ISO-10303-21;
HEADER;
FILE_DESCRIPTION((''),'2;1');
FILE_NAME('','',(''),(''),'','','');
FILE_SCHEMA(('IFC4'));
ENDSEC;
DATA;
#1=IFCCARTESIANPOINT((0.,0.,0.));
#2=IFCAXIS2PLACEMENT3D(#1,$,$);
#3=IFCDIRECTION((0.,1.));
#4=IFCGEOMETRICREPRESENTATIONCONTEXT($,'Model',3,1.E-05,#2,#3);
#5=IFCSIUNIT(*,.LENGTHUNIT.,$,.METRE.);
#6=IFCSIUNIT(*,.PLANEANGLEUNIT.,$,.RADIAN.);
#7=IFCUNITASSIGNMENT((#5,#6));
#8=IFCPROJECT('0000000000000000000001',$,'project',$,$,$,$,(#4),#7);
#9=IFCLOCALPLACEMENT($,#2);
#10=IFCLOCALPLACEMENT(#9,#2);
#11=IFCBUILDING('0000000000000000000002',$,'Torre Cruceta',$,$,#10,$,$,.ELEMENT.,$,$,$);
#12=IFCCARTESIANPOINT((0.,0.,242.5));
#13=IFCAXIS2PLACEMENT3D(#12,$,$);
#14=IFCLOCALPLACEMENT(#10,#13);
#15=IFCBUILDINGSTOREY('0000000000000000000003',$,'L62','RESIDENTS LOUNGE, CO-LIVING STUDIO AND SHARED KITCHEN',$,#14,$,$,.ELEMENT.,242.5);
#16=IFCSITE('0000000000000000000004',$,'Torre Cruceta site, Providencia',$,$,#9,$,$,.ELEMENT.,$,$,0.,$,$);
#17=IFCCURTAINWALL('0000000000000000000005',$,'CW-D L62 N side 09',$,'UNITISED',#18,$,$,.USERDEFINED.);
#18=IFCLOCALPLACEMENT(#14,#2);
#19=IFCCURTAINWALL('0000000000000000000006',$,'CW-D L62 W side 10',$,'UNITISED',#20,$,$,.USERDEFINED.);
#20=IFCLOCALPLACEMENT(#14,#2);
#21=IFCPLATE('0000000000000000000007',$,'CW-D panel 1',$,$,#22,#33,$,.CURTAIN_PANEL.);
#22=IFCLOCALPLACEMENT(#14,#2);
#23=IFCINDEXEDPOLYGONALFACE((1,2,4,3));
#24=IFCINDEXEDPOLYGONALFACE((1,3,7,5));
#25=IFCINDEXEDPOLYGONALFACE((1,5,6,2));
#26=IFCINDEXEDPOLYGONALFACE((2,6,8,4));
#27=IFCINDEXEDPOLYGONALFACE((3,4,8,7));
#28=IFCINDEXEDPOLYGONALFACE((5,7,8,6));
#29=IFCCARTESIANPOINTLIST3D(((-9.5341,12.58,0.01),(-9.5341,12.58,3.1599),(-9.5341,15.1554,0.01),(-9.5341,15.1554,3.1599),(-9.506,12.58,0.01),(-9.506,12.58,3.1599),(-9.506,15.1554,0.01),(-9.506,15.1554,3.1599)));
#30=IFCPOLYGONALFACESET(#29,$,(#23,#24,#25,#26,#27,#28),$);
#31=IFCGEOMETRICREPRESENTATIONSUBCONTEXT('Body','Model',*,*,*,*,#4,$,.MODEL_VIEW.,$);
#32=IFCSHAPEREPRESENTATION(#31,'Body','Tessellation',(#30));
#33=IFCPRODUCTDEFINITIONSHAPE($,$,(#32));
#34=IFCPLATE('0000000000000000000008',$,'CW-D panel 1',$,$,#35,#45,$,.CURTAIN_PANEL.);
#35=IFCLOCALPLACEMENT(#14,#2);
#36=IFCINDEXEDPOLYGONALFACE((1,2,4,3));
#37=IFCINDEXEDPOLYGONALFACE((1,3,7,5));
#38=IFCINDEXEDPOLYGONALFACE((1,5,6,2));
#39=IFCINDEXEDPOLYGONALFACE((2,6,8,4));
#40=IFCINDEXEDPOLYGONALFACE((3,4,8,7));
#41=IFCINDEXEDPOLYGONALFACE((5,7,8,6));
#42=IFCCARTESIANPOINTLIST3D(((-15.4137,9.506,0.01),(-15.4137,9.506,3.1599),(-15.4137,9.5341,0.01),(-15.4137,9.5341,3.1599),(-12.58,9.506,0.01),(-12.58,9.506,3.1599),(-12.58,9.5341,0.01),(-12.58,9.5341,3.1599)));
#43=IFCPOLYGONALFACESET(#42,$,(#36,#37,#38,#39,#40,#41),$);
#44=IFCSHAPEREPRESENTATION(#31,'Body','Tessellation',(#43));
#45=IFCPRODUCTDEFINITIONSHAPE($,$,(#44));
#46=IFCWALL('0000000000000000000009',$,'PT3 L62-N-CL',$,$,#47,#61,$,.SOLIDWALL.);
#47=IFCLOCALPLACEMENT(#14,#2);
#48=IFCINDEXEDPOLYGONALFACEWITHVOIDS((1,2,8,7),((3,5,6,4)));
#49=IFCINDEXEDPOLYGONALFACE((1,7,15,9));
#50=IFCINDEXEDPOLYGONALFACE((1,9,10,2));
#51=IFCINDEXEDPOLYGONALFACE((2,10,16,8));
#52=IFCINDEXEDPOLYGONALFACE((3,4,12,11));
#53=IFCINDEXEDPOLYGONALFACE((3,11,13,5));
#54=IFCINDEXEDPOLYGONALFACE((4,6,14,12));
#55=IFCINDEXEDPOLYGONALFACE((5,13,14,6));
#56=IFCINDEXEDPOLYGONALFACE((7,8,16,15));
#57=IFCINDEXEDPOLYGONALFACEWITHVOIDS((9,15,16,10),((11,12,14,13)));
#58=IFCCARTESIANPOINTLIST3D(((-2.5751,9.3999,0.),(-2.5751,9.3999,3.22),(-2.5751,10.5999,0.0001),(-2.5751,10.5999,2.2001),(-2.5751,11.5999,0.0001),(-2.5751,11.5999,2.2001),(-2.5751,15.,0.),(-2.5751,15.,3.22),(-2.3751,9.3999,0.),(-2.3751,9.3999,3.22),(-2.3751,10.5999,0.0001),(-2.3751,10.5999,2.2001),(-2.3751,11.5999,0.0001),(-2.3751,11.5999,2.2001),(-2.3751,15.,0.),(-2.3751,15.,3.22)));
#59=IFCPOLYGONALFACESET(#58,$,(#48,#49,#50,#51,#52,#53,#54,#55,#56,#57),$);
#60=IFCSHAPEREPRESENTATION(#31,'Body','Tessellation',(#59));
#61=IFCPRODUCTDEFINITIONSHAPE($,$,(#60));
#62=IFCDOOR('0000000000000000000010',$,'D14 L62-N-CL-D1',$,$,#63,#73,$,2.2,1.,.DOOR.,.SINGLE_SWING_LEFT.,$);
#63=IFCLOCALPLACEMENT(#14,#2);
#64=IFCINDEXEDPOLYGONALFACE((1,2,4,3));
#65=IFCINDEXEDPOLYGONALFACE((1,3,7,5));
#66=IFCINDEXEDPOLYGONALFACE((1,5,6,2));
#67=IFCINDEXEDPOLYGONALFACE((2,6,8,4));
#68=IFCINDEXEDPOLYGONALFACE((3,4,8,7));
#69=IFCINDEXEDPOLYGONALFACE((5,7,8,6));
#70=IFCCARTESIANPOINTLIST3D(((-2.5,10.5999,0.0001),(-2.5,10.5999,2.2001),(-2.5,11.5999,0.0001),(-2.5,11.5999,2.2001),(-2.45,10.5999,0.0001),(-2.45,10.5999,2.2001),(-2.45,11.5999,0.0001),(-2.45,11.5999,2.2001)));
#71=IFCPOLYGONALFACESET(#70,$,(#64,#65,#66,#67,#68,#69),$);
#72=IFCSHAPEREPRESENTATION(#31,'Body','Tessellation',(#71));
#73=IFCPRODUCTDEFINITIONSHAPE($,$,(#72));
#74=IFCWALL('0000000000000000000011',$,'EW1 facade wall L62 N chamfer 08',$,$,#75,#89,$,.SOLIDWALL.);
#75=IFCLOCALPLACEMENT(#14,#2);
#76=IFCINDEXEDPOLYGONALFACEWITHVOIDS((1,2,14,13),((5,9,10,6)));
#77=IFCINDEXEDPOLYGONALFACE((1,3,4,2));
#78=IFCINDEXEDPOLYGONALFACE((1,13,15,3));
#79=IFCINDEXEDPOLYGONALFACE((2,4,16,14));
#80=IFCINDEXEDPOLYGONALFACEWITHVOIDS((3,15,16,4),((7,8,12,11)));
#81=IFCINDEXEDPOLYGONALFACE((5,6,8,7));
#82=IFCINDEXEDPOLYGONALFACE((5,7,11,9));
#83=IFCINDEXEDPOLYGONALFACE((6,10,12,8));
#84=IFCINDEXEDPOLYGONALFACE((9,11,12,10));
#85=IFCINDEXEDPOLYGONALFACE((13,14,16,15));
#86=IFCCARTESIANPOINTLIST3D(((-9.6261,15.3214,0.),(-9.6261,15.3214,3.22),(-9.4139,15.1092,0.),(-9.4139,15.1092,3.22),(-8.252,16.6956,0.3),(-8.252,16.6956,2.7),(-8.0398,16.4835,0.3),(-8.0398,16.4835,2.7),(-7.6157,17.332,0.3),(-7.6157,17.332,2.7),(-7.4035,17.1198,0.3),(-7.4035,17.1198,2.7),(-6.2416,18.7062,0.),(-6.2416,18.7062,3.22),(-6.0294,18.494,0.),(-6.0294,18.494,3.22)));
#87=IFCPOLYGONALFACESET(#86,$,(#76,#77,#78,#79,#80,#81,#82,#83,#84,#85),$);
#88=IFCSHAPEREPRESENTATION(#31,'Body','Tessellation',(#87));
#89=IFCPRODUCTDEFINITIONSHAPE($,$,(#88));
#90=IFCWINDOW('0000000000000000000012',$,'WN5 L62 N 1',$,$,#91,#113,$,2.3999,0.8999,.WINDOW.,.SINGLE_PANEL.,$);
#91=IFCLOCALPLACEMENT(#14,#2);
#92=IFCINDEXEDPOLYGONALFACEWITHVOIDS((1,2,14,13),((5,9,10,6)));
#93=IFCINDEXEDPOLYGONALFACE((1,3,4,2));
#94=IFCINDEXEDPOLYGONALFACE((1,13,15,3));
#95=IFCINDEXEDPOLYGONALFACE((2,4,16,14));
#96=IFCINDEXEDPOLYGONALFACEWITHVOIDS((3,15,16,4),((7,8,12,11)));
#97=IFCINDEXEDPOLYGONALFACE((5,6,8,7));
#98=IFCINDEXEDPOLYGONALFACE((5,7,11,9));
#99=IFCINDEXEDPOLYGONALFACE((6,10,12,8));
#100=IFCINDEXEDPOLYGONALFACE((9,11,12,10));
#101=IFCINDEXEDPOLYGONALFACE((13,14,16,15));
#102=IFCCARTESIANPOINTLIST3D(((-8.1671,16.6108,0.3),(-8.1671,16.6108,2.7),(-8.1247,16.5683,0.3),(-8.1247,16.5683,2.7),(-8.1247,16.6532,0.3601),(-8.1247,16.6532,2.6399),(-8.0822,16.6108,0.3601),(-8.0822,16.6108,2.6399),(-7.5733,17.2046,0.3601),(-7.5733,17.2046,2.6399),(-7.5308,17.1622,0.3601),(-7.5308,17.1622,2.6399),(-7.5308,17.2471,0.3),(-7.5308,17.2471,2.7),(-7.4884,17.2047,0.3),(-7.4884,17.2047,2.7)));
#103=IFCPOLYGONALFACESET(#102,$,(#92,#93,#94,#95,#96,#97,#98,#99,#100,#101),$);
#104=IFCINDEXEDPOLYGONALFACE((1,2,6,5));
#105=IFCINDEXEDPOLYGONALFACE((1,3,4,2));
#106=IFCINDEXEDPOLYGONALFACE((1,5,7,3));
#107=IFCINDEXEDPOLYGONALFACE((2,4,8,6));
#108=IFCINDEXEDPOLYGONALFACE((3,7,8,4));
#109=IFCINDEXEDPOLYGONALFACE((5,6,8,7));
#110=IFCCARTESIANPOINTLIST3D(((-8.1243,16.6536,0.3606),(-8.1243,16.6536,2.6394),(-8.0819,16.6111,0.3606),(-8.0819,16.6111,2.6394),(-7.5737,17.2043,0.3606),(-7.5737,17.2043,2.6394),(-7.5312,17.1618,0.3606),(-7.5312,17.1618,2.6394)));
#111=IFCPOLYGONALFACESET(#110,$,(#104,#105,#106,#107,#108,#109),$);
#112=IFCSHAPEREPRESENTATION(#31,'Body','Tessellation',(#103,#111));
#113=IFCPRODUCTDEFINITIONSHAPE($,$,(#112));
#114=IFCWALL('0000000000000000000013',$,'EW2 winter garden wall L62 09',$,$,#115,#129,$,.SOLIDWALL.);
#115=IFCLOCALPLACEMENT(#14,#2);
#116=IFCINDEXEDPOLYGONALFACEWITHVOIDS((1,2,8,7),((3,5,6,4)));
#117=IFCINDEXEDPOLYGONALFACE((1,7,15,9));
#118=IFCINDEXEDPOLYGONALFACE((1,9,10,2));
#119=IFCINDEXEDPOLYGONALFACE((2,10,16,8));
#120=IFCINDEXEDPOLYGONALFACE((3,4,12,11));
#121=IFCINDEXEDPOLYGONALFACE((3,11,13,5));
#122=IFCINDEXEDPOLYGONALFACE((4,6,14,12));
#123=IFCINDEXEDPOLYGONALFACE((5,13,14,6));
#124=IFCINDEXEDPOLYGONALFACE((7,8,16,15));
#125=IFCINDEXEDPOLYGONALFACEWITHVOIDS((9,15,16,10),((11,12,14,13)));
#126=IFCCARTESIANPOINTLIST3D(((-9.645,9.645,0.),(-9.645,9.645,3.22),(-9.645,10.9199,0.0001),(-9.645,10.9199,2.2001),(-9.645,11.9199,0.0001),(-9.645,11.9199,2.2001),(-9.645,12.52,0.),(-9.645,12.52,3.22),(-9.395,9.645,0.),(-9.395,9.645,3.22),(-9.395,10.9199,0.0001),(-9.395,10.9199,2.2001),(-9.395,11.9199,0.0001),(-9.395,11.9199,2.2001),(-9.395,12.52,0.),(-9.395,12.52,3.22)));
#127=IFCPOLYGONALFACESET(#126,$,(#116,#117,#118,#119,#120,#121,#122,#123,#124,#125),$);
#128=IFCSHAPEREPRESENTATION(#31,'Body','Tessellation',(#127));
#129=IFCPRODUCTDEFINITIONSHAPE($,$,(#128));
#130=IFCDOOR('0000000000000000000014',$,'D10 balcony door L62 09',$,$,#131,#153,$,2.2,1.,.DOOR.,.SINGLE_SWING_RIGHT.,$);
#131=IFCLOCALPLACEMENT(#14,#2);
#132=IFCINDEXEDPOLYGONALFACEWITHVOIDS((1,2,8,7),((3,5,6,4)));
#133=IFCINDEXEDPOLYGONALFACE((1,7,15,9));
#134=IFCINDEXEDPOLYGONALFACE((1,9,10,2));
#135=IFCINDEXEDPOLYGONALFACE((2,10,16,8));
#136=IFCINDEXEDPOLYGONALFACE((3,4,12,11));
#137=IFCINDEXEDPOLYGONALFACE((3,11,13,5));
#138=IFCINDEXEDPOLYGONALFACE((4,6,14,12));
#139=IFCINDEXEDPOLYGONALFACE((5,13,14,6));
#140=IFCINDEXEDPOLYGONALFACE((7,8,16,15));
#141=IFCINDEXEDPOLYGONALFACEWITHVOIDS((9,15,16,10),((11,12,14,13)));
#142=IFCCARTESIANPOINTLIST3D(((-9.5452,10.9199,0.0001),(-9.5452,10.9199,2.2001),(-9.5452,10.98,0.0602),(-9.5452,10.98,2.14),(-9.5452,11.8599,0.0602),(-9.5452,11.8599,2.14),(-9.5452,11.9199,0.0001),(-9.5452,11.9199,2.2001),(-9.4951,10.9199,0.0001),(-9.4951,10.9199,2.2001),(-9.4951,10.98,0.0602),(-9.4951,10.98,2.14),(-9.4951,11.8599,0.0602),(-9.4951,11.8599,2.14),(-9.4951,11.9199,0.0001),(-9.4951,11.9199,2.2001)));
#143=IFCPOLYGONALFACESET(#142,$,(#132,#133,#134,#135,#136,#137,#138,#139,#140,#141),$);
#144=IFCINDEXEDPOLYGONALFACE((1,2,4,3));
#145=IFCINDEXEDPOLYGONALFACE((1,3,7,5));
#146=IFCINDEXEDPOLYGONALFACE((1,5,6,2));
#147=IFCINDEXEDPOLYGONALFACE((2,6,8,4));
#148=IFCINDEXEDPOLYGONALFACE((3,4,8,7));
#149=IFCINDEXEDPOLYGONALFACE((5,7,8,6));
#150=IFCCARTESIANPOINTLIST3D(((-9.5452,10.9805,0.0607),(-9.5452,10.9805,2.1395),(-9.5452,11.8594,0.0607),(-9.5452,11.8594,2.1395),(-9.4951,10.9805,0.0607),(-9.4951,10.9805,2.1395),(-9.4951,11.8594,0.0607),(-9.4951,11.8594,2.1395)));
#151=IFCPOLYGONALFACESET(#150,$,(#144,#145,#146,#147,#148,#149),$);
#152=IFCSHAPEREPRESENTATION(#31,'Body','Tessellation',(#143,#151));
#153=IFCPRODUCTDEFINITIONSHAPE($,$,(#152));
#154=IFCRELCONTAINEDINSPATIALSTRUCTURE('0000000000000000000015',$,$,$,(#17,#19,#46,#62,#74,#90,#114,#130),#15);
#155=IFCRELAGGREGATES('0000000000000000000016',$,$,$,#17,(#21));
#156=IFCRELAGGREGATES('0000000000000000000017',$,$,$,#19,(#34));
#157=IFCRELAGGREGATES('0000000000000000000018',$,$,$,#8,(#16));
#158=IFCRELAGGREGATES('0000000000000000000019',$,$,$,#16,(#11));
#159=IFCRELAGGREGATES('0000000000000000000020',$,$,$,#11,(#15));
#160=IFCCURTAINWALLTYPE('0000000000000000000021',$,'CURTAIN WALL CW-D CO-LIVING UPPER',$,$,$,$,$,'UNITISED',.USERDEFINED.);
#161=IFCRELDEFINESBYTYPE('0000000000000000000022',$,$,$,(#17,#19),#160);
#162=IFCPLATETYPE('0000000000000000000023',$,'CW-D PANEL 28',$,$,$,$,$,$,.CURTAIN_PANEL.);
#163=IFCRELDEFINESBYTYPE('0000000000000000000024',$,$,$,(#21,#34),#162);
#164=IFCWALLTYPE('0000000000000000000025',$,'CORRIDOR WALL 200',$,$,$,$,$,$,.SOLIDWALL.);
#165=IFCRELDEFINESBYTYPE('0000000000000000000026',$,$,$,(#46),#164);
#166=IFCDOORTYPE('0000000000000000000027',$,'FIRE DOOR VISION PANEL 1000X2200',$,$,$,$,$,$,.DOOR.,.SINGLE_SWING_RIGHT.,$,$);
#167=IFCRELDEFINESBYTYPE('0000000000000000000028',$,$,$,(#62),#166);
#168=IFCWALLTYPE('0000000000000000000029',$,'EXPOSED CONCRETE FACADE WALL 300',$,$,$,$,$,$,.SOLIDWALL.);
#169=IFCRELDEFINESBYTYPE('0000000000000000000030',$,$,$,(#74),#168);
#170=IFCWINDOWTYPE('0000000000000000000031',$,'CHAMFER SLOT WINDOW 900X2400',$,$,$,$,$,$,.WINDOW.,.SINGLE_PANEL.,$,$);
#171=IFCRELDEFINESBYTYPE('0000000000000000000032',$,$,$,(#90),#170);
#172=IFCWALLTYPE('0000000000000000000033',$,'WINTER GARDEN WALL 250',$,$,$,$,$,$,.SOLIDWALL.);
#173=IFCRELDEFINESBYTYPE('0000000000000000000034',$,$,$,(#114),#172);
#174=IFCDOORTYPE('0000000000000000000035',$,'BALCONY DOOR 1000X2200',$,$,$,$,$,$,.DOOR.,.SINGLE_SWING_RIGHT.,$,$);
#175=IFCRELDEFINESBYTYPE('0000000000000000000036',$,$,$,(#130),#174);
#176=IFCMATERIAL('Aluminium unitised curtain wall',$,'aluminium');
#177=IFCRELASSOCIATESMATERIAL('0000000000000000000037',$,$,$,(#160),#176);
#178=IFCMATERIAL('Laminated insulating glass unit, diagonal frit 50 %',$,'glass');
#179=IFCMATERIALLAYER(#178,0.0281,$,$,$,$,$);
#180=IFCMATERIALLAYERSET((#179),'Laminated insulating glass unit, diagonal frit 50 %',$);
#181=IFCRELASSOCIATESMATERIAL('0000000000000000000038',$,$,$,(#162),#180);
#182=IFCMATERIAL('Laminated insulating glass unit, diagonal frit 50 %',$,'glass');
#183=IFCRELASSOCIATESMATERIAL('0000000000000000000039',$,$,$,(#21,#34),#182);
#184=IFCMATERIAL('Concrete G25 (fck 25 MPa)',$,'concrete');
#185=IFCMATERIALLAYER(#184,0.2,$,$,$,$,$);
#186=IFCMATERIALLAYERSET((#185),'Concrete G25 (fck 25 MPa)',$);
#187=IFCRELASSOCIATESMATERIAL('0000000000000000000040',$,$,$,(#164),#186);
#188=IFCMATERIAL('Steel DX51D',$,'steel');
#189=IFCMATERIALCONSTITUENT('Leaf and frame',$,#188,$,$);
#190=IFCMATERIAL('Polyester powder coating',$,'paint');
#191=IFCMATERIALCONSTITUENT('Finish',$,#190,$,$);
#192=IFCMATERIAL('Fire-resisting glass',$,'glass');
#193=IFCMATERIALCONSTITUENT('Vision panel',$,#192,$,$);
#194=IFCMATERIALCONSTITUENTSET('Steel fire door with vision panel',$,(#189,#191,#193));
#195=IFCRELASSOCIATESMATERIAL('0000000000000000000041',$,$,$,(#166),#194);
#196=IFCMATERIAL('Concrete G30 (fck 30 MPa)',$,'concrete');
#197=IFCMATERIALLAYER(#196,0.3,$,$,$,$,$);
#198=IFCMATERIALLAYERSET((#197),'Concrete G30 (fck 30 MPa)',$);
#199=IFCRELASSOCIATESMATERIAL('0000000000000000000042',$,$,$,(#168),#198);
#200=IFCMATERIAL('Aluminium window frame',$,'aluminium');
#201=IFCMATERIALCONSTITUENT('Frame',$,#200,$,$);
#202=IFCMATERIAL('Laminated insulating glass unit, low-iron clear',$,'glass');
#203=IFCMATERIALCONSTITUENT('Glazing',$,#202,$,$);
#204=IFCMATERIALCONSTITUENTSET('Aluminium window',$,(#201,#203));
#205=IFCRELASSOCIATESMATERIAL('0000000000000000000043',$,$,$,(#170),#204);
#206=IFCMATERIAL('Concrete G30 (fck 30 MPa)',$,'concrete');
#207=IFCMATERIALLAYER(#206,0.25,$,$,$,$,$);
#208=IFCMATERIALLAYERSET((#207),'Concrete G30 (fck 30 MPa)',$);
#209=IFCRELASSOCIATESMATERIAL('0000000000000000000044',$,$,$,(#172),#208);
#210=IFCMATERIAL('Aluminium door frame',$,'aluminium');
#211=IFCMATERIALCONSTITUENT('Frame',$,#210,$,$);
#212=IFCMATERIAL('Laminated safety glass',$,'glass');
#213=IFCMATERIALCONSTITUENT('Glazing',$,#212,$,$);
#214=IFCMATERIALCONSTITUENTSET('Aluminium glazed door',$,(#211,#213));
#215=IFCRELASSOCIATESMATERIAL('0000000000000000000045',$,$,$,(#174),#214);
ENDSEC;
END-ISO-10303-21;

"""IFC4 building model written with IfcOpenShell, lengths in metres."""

from ifc_helpers import new_model, si_unit, direction, frame, frame_2d, origin, origin_2d, place, context, subcontext, project, spatial, rectangle, hollow_rectangle, extrude, material, layer, layer_set, constituent, constituent_set, type_object, element, fill, aggregate, save


model = new_model("IFC4")

# Units and contexts
model_context = context("Model", 3, precision=1e-05, world=origin(), true_north=direction((0.0, 1.0)))
body_context = subcontext(model_context, "Body", "Model", "MODEL_VIEW")
ifc_project = project(units=[si_unit("LENGTHUNIT", "METRE"), si_unit("PLANEANGLEUNIT", "RADIAN")], contexts=[model_context])

# Site, building, storey
site_placement = place(None, origin())
site = spatial("IfcSite", under=ifc_project, at=site_placement, Name="Torre Cruceta site, Providencia", CompositionType="ELEMENT", RefElevation=0.0)
building_placement = place(site_placement, origin())
building = spatial("IfcBuilding", under=site, at=building_placement, Name="Torre Cruceta", CompositionType="ELEMENT")
storey_placement = place(building_placement, frame((0.0, 0.0, 242.5)))
storey = spatial("IfcBuildingStorey", under=building, at=storey_placement, Name="L62", Description="RESIDENTS LOUNGE, CO-LIVING STUDIO AND SHARED KITCHEN", CompositionType="ELEMENT", Elevation=242.5)

# Curtain wall
ifc_material_1 = material(Name="Aluminium unitised curtain wall", Category="aluminium")
curtain_wall_type = type_object("IfcCurtainWallType", Name="CURTAIN WALL CW-D CO-LIVING UPPER", ElementType="UNITISED", PredefinedType="USERDEFINED", material=ifc_material_1)
curtain_wall_1_placement = place(storey_placement, origin())
curtain_wall_1 = element("IfcCurtainWall", 1, at=curtain_wall_1_placement, inside=storey, type_object=curtain_wall_type, Name="CW-D L62 N side 09", ObjectType="UNITISED", PredefinedType="USERDEFINED")

# Curtain wall
curtain_wall_2_placement = place(storey_placement, origin())
curtain_wall_2 = element("IfcCurtainWall", 2, at=curtain_wall_2_placement, inside=storey, type_object=curtain_wall_type, Name="CW-D L62 W side 10", ObjectType="UNITISED", PredefinedType="USERDEFINED")

# Plates
ifc_material_2 = material(Name="Laminated insulating glass unit, diagonal frit 50 %", Category="glass")
ifc_material_3 = material(Name="Laminated insulating glass unit, diagonal frit 50 %", Category="glass")
ifc_layer_1 = layer(ifc_material_3, 0.0281)
ifc_layer_set_1 = layer_set([ifc_layer_1], Name="Laminated insulating glass unit, diagonal frit 50 %")
plate_type = type_object("IfcPlateType", Name="CW-D PANEL 28", PredefinedType="CURTAIN_PANEL", material=ifc_layer_set_1)
plate_1_placement = place(storey_placement, frame((-9.52, 13.8677, 0.01), z_axis=(0.0, 0.0, 1.0), x_axis=(0.0, -1.0, 0.0)))
plate_1 = element("IfcPlate", 3, at=plate_1_placement, type_object=plate_type, material=ifc_material_2, Name="CW-D panel 1", PredefinedType="CURTAIN_PANEL", context=body_context, shape_type="SweptSolid", body=[
    extrude(rectangle(XDim=2.5754, YDim=0.0281, at=origin_2d()), origin(), (0.0, 0.0, 1.0), 3.1499),
])
aggregate(curtain_wall_1, [plate_1])
plate_2_placement = place(storey_placement, frame((-13.9968, 9.52, 0.01), z_axis=(0.0, 0.0, 1.0), x_axis=(-1.0, 0.0, 0.0)))
plate_2 = element("IfcPlate", 4, at=plate_2_placement, type_object=plate_type, material=ifc_material_2, Name="CW-D panel 1", PredefinedType="CURTAIN_PANEL", context=body_context, shape_type="SweptSolid", body=[
    extrude(rectangle(XDim=2.8337, YDim=0.0281, at=origin_2d()), origin(), (0.0, 0.0, 1.0), 3.1499),
])
aggregate(curtain_wall_2, [plate_2])

# Wall, opening, door
ifc_material_4 = material(Name="Concrete G25 (fck 25 MPa)", Category="concrete")
ifc_layer_2 = layer(ifc_material_4, 0.2)
ifc_layer_set_2 = layer_set([ifc_layer_2], Name="Concrete G25 (fck 25 MPa)")
wall_type_1 = type_object("IfcWallType", Name="CORRIDOR WALL 200", PredefinedType="SOLIDWALL", material=ifc_layer_set_2)
wall_1_placement = place(storey_placement, frame((-2.4751, 9.3999, 0.0), z_axis=(0.0, 0.0, 1.0), x_axis=(0.0, 1.0, 0.0)))
wall_1 = element("IfcWall", 5, at=wall_1_placement, inside=storey, type_object=wall_type_1, Name="PT3 L62-N-CL", PredefinedType="SOLIDWALL", context=body_context, shape_type="SweptSolid", body=[
    extrude(rectangle(XDim=5.6001, YDim=0.2, at=frame_2d((2.8, 0.0))), origin(), (0.0, 0.0, 1.0), 3.22),
])
opening_1_placement = place(wall_1_placement, frame((1.2, 0.0, 0.0)))
opening_1 = element("IfcOpeningElement", 6, at=opening_1_placement, cuts=wall_1, PredefinedType="OPENING", context=body_context, shape_type="SweptSolid", body=[
    extrude(rectangle(XDim=1.0, YDim=2.2, at=frame_2d((0.5, 1.1001))), frame((0.0, 0.1099, 0.0), z_axis=(0.0, -1.0, 0.0), x_axis=(1.0, 0.0, 0.0)), (0.0, 0.0, 1.0), 0.22),
])
ifc_material_5 = material(Name="Steel DX51D", Category="steel")
ifc_constituent_1 = constituent(ifc_material_5, Name="Leaf and frame")
ifc_material_6 = material(Name="Polyester powder coating", Category="paint")
ifc_constituent_2 = constituent(ifc_material_6, Name="Finish")
ifc_material_7 = material(Name="Fire-resisting glass", Category="glass")
ifc_constituent_3 = constituent(ifc_material_7, Name="Vision panel")
ifc_constituent_set_1 = constituent_set(constituents=[ifc_constituent_1, ifc_constituent_2, ifc_constituent_3], Name="Steel fire door with vision panel")
door_type_1 = type_object("IfcDoorType", Name="FIRE DOOR VISION PANEL 1000X2200", OperationType="SINGLE_SWING_RIGHT", PredefinedType="DOOR", material=ifc_constituent_set_1)
door_1_placement = place(opening_1_placement, origin())
door_1 = element("IfcDoor", 7, at=door_1_placement, inside=storey, type_object=door_type_1, Name="D14 L62-N-CL-D1", OperationType="SINGLE_SWING_LEFT", OverallHeight=2.2, OverallWidth=1.0, PredefinedType="DOOR", context=body_context, shape_type="SweptSolid", body=[
    extrude(rectangle(XDim=1.0, YDim=2.2, at=frame_2d((0.5, 1.1001))), frame((0.0, 0.0249, 0.0), z_axis=(0.0, -1.0, 0.0), x_axis=(1.0, 0.0, 0.0)), (0.0, 0.0, 1.0), 0.05),
])
fill(opening_1, door_1)

# Wall, opening, window
ifc_material_8 = material(Name="Concrete G30 (fck 30 MPa)", Category="concrete")
ifc_layer_3 = layer(ifc_material_8, 0.3)
ifc_layer_set_3 = layer_set([ifc_layer_3], Name="Concrete G30 (fck 30 MPa)")
wall_type_2 = type_object("IfcWallType", Name="EXPOSED CONCRETE FACADE WALL 300", PredefinedType="SOLIDWALL", material=ifc_layer_set_3)
wall_2_placement = place(storey_placement, frame((-6.1355, 18.6001, 0.0), z_axis=(0.0, 0.0, 1.0), x_axis=(-0.707081, -0.707132, 0.0)))
wall_2 = element("IfcWall", 8, at=wall_2_placement, inside=storey, type_object=wall_type_2, Name="EW1 facade wall L62 N chamfer 08", PredefinedType="SOLIDWALL", context=body_context, shape_type="SweptSolid", body=[
    extrude(rectangle(XDim=4.7866, YDim=0.3, at=frame_2d((2.3933, 0.0))), origin(), (0.0, 0.0, 1.0), 3.22),
])
opening_2_placement = place(wall_2_placement, frame((1.9434, 0.0, 0.3)))
opening_2 = element("IfcOpeningElement", 9, at=opening_2_placement, cuts=wall_2, PredefinedType="OPENING", context=body_context, shape_type="SweptSolid", body=[
    extrude(rectangle(XDim=0.8999, YDim=2.3999, at=frame_2d((0.45, 1.2))), frame((0.0, 0.1599, 0.0), z_axis=(0.0, -1.0, 0.0), x_axis=(1.0, 0.0, 0.0)), (0.0, 0.0, 1.0), 0.3201),
])
ifc_material_9 = material(Name="Aluminium window frame", Category="aluminium")
ifc_constituent_4 = constituent(ifc_material_9, Name="Frame")
ifc_material_10 = material(Name="Laminated insulating glass unit, low-iron clear", Category="glass")
ifc_constituent_5 = constituent(ifc_material_10, Name="Glazing")
ifc_constituent_set_2 = constituent_set(constituents=[ifc_constituent_4, ifc_constituent_5], Name="Aluminium window")
window_type = type_object("IfcWindowType", Name="CHAMFER SLOT WINDOW 900X2400", PartitioningType="SINGLE_PANEL", PredefinedType="WINDOW", material=ifc_constituent_set_2)
window_placement = place(opening_2_placement, origin())
window = element("IfcWindow", 10, at=window_placement, inside=storey, type_object=window_type, Name="WN5 L62 N 1", OverallHeight=2.3999, OverallWidth=0.8999, PartitioningType="SINGLE_PANEL", PredefinedType="WINDOW", context=body_context, shape_type="SweptSolid", body=[
    extrude(hollow_rectangle(XDim=0.8999, YDim=2.3999, WallThickness=0.0601, at=frame_2d((0.45, 1.2))), frame((0.0, 0.03, 0.0), z_axis=(0.0, -1.0, 0.0), x_axis=(1.0, 0.0, 0.0)), (0.0, 0.0, 1.0), 0.0601),
    extrude(rectangle(XDim=0.7788, YDim=2.2788, at=frame_2d((0.45, 1.2))), frame((0.0, 0.03, 0.0), z_axis=(0.0, -1.0, 0.0), x_axis=(1.0, 0.0, 0.0)), (0.0, 0.0, 1.0), 0.0601),
])
fill(opening_2, window)

# Wall, opening, door
ifc_material_11 = material(Name="Concrete G30 (fck 30 MPa)", Category="concrete")
ifc_layer_4 = layer(ifc_material_11, 0.25)
ifc_layer_set_4 = layer_set([ifc_layer_4], Name="Concrete G30 (fck 30 MPa)")
wall_type_3 = type_object("IfcWallType", Name="WINTER GARDEN WALL 250", PredefinedType="SOLIDWALL", material=ifc_layer_set_4)
wall_3_placement = place(storey_placement, frame((-9.52, 12.52, 0.0), z_axis=(0.0, 0.0, 1.0), x_axis=(0.0, -1.0, 0.0)))
wall_3 = element("IfcWall", 11, at=wall_3_placement, inside=storey, type_object=wall_type_3, Name="EW2 winter garden wall L62 09", PredefinedType="SOLIDWALL", context=body_context, shape_type="SweptSolid", body=[
    extrude(rectangle(XDim=2.875, YDim=0.25, at=frame_2d((1.4375, 0.0))), origin(), (0.0, 0.0, 1.0), 3.22),
])
opening_3_placement = place(wall_3_placement, frame((0.6001, 0.0, 0.0)))
opening_3 = element("IfcOpeningElement", 12, at=opening_3_placement, cuts=wall_3, PredefinedType="OPENING", context=body_context, shape_type="SweptSolid", body=[
    extrude(rectangle(XDim=1.0, YDim=2.2, at=frame_2d((0.5, 1.1001))), frame((0.0, 0.135, 0.0), z_axis=(0.0, -1.0, 0.0), x_axis=(1.0, 0.0, 0.0)), (0.0, 0.0, 1.0), 0.27),
])
ifc_material_12 = material(Name="Aluminium door frame", Category="aluminium")
ifc_constituent_6 = constituent(ifc_material_12, Name="Frame")
ifc_material_13 = material(Name="Laminated safety glass", Category="glass")
ifc_constituent_7 = constituent(ifc_material_13, Name="Glazing")
ifc_constituent_set_3 = constituent_set(constituents=[ifc_constituent_6, ifc_constituent_7], Name="Aluminium glazed door")
door_type_2 = type_object("IfcDoorType", Name="BALCONY DOOR 1000X2200", OperationType="SINGLE_SWING_RIGHT", PredefinedType="DOOR", material=ifc_constituent_set_3)
door_2_placement = place(opening_3_placement, origin())
door_2 = element("IfcDoor", 13, at=door_2_placement, inside=storey, type_object=door_type_2, Name="D10 balcony door L62 09", OperationType="SINGLE_SWING_RIGHT", OverallHeight=2.2, OverallWidth=1.0, PredefinedType="DOOR", context=body_context, shape_type="SweptSolid", body=[
    extrude(hollow_rectangle(XDim=1.0, YDim=2.2, WallThickness=0.0601, at=frame_2d((0.5, 1.1001))), frame((0.0, 0.0249, 0.0), z_axis=(0.0, -1.0, 0.0), x_axis=(1.0, 0.0, 0.0)), (0.0, 0.0, 1.0), 0.05),
    extrude(rectangle(XDim=0.8789, YDim=2.0789, at=frame_2d((0.5, 1.1001))), frame((0.0, 0.0249, 0.0), z_axis=(0.0, -1.0, 0.0), x_axis=(1.0, 0.0, 0.0)), (0.0, 0.0, 1.0), 0.05),
])
fill(opening_3, door_2)

save(model, "model.ifc")
